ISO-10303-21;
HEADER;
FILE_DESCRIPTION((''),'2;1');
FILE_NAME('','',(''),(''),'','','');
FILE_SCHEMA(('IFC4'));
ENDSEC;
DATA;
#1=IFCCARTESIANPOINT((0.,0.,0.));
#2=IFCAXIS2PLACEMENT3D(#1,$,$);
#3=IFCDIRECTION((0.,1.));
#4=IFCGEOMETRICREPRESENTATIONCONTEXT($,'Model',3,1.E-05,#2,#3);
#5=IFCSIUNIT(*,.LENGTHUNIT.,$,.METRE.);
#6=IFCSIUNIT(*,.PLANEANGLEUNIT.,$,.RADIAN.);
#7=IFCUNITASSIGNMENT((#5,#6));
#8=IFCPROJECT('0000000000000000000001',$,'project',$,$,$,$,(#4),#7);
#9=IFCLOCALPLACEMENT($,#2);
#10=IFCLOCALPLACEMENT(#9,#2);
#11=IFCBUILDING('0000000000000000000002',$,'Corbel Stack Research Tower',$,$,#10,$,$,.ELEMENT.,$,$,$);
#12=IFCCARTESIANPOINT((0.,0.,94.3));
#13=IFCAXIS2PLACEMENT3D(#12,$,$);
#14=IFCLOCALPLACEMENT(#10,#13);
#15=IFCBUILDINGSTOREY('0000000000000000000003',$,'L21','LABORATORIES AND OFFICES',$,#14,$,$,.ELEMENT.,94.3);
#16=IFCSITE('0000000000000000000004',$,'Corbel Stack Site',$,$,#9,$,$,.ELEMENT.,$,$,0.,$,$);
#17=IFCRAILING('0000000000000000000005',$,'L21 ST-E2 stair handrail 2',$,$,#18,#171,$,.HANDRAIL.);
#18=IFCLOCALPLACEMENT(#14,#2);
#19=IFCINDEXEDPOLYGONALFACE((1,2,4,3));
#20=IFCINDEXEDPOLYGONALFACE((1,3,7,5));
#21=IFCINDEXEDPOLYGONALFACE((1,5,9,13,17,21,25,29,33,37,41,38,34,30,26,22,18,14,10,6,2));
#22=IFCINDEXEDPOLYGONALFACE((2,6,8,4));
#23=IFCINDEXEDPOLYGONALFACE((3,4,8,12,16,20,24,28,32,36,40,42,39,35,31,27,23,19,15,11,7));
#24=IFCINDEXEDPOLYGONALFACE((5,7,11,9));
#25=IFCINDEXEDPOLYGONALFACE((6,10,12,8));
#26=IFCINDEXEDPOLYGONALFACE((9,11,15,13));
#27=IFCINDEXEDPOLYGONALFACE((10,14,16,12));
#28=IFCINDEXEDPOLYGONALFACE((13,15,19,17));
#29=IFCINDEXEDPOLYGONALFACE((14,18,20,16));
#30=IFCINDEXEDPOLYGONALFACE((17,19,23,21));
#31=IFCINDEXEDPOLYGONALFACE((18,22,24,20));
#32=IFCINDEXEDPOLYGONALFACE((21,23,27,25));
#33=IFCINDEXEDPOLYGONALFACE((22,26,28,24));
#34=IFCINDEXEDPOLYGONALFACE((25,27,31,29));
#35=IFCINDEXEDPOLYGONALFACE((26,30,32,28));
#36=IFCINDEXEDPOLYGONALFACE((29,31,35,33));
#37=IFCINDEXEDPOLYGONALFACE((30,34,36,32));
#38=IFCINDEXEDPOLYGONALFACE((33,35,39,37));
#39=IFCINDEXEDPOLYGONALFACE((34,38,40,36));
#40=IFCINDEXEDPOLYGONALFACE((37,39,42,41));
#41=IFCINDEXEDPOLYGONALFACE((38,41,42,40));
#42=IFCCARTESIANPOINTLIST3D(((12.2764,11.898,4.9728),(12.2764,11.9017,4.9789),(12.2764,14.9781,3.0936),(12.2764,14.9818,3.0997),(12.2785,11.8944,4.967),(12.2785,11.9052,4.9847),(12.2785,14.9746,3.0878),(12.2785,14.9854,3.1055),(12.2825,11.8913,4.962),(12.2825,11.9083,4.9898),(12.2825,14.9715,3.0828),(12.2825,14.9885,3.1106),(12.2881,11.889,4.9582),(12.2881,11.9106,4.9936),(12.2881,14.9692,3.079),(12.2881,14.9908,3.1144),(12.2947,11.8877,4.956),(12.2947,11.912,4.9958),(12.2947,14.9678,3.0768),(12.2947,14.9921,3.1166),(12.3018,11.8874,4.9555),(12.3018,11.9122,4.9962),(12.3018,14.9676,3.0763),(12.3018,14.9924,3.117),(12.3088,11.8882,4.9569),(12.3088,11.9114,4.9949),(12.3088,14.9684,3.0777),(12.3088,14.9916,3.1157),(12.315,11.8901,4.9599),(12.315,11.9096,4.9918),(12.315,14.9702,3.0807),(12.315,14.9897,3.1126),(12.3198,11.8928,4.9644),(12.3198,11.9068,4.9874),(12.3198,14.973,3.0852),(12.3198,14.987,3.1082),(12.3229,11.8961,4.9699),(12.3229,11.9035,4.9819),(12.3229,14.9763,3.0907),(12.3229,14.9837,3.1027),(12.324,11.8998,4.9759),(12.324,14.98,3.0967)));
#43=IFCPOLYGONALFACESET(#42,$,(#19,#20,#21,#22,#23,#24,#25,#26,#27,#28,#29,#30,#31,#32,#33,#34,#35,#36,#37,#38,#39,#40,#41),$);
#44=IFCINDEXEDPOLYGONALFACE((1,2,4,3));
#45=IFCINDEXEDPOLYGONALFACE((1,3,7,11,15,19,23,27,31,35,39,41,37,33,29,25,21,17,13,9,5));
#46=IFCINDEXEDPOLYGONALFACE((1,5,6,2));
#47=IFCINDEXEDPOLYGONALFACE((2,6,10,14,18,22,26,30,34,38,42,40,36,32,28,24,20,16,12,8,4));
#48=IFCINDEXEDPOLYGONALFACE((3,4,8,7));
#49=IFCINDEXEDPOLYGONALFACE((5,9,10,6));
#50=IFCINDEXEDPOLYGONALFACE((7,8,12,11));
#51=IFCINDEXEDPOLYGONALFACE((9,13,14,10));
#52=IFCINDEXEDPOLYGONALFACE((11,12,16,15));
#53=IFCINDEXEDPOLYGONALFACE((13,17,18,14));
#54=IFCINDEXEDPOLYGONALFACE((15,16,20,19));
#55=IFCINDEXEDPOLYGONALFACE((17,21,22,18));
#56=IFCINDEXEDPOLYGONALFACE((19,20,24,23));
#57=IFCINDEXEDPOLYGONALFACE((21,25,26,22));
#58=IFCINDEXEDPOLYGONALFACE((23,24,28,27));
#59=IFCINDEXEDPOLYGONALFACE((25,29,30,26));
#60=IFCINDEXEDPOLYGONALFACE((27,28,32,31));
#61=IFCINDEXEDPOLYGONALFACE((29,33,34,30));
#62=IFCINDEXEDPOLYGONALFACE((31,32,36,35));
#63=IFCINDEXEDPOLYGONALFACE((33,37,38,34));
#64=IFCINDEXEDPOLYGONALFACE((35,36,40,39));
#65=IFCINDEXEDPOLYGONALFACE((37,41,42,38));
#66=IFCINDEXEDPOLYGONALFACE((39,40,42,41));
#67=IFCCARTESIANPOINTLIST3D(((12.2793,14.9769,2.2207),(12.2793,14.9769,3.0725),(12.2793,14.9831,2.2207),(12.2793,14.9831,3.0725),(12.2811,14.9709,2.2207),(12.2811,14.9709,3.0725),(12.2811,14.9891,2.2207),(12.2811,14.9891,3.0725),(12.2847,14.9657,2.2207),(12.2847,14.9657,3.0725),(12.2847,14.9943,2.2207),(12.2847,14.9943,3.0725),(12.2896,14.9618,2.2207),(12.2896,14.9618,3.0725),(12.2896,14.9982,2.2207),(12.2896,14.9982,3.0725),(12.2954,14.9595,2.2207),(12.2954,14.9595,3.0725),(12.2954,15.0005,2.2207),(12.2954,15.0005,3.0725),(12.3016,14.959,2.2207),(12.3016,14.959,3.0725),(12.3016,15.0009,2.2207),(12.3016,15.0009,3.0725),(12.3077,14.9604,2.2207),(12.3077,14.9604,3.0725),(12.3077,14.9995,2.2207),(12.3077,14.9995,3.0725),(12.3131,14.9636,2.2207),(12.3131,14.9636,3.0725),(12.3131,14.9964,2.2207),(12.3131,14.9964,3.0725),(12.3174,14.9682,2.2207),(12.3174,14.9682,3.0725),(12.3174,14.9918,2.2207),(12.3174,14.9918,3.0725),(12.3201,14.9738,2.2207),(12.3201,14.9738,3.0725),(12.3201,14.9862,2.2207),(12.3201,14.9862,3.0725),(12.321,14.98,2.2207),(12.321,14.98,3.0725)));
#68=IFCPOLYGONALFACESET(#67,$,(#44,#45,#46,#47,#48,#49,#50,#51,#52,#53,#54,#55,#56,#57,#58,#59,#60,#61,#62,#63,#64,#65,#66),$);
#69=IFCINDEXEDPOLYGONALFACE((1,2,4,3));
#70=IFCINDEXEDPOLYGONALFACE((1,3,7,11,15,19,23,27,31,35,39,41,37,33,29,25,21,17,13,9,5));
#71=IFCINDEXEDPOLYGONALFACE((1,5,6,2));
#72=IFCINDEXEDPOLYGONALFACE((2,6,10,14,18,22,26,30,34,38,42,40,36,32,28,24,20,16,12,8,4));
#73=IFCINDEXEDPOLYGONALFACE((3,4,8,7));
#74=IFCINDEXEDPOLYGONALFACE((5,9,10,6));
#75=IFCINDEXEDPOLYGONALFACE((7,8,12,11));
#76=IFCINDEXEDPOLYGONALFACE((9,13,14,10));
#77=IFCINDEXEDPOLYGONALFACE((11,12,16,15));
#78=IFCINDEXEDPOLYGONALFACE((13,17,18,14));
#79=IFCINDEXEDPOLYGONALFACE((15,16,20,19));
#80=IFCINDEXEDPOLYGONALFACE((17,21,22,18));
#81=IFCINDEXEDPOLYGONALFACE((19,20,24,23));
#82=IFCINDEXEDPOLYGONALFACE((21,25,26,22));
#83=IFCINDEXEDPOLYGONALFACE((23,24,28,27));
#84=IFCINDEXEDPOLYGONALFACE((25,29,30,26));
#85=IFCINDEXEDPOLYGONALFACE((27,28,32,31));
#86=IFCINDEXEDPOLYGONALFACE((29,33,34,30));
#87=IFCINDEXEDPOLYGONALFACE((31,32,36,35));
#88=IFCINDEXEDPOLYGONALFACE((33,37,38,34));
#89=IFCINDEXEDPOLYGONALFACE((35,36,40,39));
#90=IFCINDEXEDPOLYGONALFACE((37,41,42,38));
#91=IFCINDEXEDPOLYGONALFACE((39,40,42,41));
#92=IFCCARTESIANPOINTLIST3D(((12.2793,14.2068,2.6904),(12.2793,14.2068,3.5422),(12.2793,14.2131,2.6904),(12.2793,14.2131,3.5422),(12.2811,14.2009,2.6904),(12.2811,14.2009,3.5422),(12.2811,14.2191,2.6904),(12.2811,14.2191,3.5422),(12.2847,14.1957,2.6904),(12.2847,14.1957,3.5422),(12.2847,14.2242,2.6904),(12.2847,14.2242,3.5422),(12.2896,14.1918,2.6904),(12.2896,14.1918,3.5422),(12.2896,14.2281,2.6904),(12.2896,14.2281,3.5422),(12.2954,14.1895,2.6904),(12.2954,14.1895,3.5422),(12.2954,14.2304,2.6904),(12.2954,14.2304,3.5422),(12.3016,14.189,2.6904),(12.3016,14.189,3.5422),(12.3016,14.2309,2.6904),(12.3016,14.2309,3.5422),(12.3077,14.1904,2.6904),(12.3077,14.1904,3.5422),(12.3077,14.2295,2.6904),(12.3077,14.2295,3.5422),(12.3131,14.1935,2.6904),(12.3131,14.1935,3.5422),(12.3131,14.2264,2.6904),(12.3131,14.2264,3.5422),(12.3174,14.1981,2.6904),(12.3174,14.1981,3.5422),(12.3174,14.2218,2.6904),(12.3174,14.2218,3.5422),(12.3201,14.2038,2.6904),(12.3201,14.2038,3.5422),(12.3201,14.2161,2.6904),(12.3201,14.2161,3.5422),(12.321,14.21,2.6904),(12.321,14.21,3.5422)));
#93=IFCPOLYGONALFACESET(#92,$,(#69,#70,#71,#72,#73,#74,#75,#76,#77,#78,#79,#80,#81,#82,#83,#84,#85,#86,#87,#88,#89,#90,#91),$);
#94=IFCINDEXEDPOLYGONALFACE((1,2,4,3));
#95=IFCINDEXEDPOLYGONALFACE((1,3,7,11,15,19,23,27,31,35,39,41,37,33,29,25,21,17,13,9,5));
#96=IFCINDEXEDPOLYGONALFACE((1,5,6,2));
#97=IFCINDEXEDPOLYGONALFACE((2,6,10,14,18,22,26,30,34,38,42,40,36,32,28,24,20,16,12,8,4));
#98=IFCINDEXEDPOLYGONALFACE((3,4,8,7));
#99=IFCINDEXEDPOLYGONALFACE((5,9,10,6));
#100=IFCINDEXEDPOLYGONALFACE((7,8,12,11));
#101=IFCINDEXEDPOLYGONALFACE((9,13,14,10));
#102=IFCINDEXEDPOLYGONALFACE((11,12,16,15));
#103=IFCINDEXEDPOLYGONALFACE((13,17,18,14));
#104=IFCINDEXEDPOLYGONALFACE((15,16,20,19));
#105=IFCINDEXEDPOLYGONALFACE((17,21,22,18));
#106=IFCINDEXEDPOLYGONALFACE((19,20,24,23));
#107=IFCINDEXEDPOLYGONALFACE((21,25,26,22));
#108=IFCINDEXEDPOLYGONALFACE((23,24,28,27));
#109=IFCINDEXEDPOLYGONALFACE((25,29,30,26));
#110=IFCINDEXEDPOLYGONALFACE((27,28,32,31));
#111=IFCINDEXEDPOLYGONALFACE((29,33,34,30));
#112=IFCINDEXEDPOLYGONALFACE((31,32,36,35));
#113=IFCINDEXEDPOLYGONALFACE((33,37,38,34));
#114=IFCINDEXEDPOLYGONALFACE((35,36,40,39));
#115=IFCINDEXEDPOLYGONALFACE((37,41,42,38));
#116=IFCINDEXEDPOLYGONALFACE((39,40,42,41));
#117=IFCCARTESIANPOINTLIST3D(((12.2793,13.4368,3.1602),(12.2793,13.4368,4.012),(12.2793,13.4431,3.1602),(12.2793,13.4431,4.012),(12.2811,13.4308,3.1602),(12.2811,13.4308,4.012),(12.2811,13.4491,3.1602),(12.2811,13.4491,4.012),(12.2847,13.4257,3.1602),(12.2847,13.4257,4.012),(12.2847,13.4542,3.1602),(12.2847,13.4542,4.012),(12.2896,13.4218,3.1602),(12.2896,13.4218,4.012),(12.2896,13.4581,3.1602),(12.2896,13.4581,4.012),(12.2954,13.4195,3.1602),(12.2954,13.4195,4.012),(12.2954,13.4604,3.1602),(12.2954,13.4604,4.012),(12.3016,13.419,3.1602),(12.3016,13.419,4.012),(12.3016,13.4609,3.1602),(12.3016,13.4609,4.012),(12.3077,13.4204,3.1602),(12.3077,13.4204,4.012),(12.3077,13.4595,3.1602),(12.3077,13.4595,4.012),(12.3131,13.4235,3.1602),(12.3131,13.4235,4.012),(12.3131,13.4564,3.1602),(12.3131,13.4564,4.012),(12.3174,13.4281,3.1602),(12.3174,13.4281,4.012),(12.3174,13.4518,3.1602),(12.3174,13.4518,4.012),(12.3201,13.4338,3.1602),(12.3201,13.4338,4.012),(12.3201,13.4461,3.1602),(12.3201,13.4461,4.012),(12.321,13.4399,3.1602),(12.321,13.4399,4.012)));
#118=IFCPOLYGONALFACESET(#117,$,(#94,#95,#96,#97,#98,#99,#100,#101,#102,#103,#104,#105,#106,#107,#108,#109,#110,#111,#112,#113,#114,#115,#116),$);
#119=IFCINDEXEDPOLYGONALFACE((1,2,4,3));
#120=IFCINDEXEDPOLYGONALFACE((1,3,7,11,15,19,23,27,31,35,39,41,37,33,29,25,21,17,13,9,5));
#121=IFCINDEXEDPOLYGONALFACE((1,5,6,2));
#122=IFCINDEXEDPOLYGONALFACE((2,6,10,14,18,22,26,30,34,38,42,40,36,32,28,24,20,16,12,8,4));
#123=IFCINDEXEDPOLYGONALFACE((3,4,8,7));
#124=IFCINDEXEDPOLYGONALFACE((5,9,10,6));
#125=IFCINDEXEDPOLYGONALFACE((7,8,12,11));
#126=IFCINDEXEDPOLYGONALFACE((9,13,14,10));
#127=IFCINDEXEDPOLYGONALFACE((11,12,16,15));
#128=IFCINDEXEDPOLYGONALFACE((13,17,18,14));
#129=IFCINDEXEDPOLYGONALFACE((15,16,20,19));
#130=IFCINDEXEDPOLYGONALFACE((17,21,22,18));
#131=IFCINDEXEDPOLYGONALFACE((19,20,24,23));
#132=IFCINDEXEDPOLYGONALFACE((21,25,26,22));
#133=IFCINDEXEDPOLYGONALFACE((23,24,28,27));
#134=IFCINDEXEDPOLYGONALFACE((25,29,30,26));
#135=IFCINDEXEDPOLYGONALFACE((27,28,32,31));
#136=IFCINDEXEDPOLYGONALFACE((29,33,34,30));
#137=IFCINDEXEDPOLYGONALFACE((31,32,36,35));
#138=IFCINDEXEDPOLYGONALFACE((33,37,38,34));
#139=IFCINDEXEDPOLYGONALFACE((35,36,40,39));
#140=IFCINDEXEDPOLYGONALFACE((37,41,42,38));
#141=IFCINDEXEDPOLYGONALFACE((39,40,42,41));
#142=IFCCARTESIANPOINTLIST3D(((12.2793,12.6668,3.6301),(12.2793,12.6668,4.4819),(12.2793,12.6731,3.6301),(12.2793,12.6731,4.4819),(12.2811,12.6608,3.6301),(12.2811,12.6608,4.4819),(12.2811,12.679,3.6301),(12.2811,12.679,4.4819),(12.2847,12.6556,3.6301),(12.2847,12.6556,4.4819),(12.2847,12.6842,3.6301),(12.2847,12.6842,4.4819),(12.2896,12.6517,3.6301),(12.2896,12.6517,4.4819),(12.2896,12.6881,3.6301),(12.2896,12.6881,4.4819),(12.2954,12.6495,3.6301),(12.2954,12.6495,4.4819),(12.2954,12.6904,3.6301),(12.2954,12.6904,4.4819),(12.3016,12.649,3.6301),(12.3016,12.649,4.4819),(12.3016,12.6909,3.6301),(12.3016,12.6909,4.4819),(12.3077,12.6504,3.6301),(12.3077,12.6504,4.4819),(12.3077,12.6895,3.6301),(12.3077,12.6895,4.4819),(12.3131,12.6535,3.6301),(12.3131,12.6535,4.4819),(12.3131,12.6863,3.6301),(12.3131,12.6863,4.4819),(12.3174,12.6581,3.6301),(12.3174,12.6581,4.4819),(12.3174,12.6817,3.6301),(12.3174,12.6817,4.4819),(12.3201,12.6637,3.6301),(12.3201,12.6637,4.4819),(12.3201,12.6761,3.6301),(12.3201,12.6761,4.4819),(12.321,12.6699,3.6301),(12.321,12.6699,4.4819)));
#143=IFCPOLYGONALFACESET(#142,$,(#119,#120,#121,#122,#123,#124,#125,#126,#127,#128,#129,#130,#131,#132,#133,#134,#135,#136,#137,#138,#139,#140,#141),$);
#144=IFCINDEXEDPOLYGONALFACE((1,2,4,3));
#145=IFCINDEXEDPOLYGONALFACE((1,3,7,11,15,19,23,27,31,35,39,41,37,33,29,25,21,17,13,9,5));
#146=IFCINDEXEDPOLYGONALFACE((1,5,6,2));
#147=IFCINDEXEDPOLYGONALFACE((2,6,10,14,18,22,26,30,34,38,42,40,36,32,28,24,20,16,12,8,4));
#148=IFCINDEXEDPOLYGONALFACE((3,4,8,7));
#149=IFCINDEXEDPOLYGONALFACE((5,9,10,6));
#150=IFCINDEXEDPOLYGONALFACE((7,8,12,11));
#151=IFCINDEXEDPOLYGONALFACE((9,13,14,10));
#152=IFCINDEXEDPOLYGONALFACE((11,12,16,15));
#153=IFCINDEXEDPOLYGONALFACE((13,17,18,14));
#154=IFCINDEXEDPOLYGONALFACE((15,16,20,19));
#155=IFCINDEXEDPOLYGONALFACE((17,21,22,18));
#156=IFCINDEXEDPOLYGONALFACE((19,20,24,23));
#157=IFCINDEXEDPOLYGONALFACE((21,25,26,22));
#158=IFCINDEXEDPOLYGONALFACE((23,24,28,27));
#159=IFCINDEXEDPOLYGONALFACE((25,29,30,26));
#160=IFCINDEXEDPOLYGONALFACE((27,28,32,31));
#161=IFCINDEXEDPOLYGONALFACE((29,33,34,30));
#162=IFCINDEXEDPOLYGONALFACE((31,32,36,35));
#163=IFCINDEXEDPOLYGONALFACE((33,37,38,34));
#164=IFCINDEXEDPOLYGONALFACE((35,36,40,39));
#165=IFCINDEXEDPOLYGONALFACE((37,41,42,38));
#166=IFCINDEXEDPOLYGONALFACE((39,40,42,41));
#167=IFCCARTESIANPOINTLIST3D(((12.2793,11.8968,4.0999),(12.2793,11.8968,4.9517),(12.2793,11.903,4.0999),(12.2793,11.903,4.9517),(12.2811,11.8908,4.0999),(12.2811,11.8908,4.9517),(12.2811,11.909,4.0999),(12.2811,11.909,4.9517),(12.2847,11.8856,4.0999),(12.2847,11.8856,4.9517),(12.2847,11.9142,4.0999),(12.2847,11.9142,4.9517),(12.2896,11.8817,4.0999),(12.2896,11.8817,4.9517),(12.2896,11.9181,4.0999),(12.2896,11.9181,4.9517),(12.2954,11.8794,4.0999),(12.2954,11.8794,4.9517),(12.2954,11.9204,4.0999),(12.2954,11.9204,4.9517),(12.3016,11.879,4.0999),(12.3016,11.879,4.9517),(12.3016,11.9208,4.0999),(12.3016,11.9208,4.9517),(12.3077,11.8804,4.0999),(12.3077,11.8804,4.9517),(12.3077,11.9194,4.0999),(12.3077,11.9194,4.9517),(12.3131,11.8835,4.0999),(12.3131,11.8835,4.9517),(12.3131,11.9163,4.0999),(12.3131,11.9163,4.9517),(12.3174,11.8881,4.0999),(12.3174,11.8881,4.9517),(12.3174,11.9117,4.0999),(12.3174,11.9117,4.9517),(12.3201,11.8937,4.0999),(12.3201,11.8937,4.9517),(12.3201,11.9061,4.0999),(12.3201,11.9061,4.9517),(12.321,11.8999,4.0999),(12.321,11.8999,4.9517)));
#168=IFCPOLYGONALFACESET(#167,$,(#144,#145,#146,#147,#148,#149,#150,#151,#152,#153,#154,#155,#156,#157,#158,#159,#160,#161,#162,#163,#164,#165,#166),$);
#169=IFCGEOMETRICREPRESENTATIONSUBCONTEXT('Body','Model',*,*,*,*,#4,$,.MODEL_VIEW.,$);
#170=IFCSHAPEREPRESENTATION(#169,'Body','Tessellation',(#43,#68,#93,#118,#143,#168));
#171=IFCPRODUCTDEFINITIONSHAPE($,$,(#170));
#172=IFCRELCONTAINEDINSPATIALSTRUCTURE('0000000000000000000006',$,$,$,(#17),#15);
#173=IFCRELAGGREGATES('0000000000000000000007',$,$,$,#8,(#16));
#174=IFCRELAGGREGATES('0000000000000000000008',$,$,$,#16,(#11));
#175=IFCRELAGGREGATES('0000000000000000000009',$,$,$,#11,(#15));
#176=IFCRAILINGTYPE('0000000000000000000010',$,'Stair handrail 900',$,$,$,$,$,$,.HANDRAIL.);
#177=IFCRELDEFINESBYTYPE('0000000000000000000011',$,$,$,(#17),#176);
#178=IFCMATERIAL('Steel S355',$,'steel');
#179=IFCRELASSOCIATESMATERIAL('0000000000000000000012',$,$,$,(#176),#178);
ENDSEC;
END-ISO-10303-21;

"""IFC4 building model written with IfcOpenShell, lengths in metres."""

from ifc_helpers import new_model, si_unit, direction, frame, origin, origin_2d, place, context, subcontext, project, spatial, circle, extrude, material, type_object, element, save


model = new_model("IFC4")

# Units and contexts
model_context = context("Model", 3, precision=1e-05, world=origin(), true_north=direction((0.0, 1.0)))
body_context = subcontext(model_context, "Body", "Model", "MODEL_VIEW")
ifc_project = project(units=[si_unit("LENGTHUNIT", "METRE"), si_unit("PLANEANGLEUNIT", "RADIAN")], contexts=[model_context])

# Site, building, storey
site_placement = place(None, origin())
site = spatial("IfcSite", under=ifc_project, at=site_placement, Name="Corbel Stack Site", CompositionType="ELEMENT", RefElevation=0.0)
building_placement = place(site_placement, origin())
building = spatial("IfcBuilding", under=site, at=building_placement, Name="Corbel Stack Research Tower", CompositionType="ELEMENT")
storey_placement = place(building_placement, frame((0.0, 0.0, 94.3)))
storey = spatial("IfcBuildingStorey", under=building, at=storey_placement, Name="L21", Description="LABORATORIES AND OFFICES", CompositionType="ELEMENT", Elevation=94.3)

# Railing
ifc_material_1 = material(Name="Steel S355", Category="steel")
railing_type_1 = type_object("IfcRailingType", Name="Stair handrail 900", PredefinedType="HANDRAIL", material=ifc_material_1)
railing_1_placement = place(storey_placement, frame((12.3, 14.98, 2.2207)))
element("IfcRailing", 1, at=railing_1_placement, inside=storey, type_object=railing_type_1, Name="L21 ST-E2 stair handrail 2", PredefinedType="HANDRAIL", context=body_context, shape_type="SweptSolid", body=[
    extrude(circle(Radius=0.0239, at=origin_2d()), frame((0.0, 0.0, 0.876), z_axis=(0.0, -0.853666, 0.52082), x_axis=(1.0, 0.0, 0.0)), (0.0, 0.0, 1.0), 3.6082),
    extrude(circle(Radius=0.021, at=origin_2d()), origin(), (0.0, 0.0, 1.0), 0.8518),
    extrude(circle(Radius=0.021, at=origin_2d()), frame((0.0, -0.77, 0.4697)), (0.0, 0.0, 1.0), 0.8518),
    extrude(circle(Radius=0.021, at=origin_2d()), frame((0.0, -1.54, 0.9395)), (0.0, 0.0, 1.0), 0.8518),
    extrude(circle(Radius=0.021, at=origin_2d()), frame((0.0, -2.3101, 1.4094)), (0.0, 0.0, 1.0), 0.8518),
    extrude(circle(Radius=0.021, at=origin_2d()), frame((0.0, -3.0801, 1.8792)), (0.0, 0.0, 1.0), 0.8518),
])

save(model, "model.ifc")
